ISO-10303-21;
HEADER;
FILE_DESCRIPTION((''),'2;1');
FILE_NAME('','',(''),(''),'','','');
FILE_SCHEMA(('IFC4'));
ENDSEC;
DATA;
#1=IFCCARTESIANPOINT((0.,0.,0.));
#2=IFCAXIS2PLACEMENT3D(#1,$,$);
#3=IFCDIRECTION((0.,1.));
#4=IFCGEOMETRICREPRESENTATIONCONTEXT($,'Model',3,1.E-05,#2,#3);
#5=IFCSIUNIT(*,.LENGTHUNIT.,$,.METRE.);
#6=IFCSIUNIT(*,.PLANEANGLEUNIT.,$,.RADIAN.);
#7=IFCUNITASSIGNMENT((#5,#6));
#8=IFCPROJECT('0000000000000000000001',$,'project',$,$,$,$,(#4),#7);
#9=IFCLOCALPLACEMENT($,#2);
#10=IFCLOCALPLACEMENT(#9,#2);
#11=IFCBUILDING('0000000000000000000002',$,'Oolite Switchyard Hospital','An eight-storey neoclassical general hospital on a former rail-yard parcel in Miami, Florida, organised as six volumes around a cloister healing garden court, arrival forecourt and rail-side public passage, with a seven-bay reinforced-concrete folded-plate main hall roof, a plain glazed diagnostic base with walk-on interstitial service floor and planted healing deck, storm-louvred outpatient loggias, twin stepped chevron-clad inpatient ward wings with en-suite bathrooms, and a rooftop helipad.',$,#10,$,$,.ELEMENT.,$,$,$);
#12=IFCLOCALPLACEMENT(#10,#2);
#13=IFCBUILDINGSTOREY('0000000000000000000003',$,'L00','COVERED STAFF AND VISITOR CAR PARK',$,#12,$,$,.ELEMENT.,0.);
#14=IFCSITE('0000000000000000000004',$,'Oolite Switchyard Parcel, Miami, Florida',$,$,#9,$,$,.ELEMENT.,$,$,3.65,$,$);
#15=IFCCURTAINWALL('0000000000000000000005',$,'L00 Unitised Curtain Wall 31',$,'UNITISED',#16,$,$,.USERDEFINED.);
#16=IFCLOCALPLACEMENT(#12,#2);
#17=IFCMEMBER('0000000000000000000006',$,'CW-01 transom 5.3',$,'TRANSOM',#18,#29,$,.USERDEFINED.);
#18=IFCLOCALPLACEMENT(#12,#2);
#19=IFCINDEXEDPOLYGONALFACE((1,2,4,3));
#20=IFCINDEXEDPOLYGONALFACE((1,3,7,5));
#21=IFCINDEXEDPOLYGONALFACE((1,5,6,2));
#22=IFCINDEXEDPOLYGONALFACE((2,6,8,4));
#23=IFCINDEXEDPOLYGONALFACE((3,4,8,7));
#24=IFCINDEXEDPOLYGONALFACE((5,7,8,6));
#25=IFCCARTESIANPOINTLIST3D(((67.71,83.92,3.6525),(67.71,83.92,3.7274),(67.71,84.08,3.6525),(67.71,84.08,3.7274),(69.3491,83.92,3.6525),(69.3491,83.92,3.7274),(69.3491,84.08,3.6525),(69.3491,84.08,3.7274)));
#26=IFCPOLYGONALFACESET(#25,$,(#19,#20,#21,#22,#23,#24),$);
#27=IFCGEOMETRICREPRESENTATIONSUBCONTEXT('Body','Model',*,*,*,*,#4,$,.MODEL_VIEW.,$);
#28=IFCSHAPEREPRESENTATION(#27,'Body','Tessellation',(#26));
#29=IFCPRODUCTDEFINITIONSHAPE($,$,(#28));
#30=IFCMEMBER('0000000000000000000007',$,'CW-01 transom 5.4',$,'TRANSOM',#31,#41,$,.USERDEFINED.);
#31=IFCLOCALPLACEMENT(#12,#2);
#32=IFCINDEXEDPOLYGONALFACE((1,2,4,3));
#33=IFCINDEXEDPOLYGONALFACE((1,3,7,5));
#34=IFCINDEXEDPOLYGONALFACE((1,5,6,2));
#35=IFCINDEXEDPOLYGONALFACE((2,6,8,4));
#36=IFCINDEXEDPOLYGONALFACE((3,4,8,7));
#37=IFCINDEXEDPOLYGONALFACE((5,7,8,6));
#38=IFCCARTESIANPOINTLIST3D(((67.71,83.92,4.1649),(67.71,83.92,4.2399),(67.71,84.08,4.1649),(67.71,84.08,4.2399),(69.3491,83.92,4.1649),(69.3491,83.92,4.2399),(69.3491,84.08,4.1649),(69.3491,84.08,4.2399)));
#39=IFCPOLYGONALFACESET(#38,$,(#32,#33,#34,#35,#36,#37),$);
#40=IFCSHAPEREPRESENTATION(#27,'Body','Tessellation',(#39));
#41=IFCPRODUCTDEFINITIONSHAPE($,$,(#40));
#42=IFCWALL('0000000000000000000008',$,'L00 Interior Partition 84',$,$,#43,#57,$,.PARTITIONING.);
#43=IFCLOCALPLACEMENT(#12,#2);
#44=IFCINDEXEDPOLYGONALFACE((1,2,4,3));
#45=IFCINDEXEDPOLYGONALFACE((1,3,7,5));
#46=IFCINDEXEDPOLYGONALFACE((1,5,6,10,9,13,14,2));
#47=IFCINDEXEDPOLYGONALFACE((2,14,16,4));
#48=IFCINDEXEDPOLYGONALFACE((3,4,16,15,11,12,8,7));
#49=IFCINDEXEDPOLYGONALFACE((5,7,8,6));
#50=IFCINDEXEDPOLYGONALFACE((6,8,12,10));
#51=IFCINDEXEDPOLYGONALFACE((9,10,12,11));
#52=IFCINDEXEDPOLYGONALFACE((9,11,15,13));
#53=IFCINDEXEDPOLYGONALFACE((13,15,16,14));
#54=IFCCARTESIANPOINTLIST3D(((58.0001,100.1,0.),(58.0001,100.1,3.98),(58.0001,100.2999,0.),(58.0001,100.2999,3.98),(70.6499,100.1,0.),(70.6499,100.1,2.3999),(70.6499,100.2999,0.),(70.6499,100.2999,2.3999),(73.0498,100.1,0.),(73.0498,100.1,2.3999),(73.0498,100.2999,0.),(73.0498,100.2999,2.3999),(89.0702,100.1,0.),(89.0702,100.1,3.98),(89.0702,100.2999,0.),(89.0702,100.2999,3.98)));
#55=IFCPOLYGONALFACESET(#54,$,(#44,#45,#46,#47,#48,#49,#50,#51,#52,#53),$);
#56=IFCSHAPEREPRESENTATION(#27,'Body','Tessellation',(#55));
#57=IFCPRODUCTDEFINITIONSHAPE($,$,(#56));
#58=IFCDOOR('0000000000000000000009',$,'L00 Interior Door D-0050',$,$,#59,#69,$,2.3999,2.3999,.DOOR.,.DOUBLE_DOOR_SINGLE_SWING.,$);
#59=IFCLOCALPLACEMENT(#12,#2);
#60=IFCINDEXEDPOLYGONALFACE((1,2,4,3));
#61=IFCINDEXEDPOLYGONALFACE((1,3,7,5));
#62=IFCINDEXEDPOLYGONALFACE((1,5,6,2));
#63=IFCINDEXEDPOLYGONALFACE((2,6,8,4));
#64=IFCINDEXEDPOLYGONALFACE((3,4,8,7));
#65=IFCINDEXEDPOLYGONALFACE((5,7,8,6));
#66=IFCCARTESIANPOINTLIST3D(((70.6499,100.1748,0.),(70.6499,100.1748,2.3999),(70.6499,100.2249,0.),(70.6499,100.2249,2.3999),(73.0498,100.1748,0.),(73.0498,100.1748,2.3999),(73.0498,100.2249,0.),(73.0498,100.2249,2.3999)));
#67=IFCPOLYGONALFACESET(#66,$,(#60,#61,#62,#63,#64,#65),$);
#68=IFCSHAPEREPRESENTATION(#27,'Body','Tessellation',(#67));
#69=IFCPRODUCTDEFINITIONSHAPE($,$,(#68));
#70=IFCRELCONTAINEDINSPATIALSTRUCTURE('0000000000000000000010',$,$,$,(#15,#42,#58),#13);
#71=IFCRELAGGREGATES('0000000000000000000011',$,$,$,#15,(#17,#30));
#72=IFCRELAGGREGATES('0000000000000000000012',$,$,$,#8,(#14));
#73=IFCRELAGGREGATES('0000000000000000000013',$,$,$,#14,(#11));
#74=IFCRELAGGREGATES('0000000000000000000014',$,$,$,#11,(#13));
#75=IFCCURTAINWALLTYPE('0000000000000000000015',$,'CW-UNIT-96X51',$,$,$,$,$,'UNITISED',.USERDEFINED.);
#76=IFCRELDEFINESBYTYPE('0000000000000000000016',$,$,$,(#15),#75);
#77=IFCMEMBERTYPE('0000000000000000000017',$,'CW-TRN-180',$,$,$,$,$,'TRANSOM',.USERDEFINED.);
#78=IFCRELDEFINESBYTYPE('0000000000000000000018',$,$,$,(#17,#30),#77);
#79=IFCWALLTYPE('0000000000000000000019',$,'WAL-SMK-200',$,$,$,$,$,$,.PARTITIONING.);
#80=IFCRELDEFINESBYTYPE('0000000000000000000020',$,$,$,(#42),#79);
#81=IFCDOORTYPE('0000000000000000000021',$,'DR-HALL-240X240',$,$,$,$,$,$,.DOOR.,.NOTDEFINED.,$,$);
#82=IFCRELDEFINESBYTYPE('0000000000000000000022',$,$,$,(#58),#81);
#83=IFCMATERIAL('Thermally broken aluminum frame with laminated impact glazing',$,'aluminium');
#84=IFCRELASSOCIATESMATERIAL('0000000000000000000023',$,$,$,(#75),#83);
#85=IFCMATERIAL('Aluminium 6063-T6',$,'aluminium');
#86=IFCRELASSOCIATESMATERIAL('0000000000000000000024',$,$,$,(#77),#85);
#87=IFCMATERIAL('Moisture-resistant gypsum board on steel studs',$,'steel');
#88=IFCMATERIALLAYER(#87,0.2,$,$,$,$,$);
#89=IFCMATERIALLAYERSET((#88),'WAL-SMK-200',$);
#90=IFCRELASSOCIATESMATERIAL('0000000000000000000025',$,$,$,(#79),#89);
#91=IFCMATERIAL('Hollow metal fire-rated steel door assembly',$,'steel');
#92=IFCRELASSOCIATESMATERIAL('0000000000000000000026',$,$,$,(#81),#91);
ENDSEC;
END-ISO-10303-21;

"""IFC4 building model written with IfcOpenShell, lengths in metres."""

from ifc_helpers import new_model, si_unit, direction, frame, frame_2d, origin, origin_2d, place, context, subcontext, project, spatial, rectangle, extrude, material, layer, layer_set, material_profile, profile_set, type_object, element, fill, aggregate, save


model = new_model("IFC4")

# Units and contexts
model_context = context("Model", 3, precision=1e-05, world=origin(), true_north=direction((0.0, 1.0)))
body_context = subcontext(model_context, "Body", "Model", "MODEL_VIEW")
ifc_project = project(units=[si_unit("LENGTHUNIT", "METRE"), si_unit("PLANEANGLEUNIT", "RADIAN")], contexts=[model_context])

# Site, building, storey
site_placement = place(None, origin())
site = spatial("IfcSite", under=ifc_project, at=site_placement, Name="Oolite Switchyard Parcel, Miami, Florida", CompositionType="ELEMENT", RefElevation=3.65)
building_placement = place(site_placement, origin())
building = spatial("IfcBuilding", under=site, at=building_placement, Name="Oolite Switchyard Hospital", Description="An eight-storey neoclassical general hospital on a former rail-yard parcel in Miami, Florida, organised as six volumes around a cloister healing garden court, arrival forecourt and rail-side public passage, with a seven-bay reinforced-concrete folded-plate main hall roof, a plain glazed diagnostic base with walk-on interstitial service floor and planted healing deck, storm-louvred outpatient loggias, twin stepped chevron-clad inpatient ward wings with en-suite bathrooms, and a rooftop helipad.", CompositionType="ELEMENT")
storey_placement = place(building_placement, origin())
storey = spatial("IfcBuildingStorey", under=building, at=storey_placement, Name="L00", Description="COVERED STAFF AND VISITOR CAR PARK", CompositionType="ELEMENT", Elevation=0.0)

# Curtain wall, members
ifc_material_1 = material(Name="Thermally broken aluminum frame with laminated impact glazing", Category="aluminium")
curtain_wall_type = type_object("IfcCurtainWallType", Name="CW-UNIT-96X51", ElementType="UNITISED", PredefinedType="USERDEFINED", material=ifc_material_1)
curtain_wall_placement = place(storey_placement, origin())
curtain_wall = element("IfcCurtainWall", 1, at=curtain_wall_placement, inside=storey, type_object=curtain_wall_type, Name="L00 Unitised Curtain Wall 31", ObjectType="UNITISED", PredefinedType="USERDEFINED")
ifc_material_2 = material(Name="Aluminium 6063-T6", Category="aluminium")
ifc_material_profile_1 = material_profile(ifc_material_2, rectangle(XDim=0.1599, YDim=0.075, at=origin_2d()), Name="CWT75X160")
ifc_profile_set_1 = profile_set([ifc_material_profile_1], Name="Aluminium 6063-T6")
member_type_1 = type_object("IfcMemberType", Name="CW-TRN-180", ElementType="TRANSOM", PredefinedType="USERDEFINED", material=ifc_profile_set_1)
member_1_placement = place(storey_placement, frame((69.3491, 84.0, 3.6899), z_axis=(-1.0, 0.0, 0.0), x_axis=(0.0, -1.0, 0.0)))
member_1 = element("IfcMember", 2, at=member_1_placement, type_object=member_type_1, Name="CW-01 transom 5.3", ObjectType="TRANSOM", PredefinedType="USERDEFINED", context=body_context, shape_type="SweptSolid", body=[
    extrude(rectangle(XDim=0.1599, YDim=0.075, at=origin_2d()), origin(), (0.0, 0.0, 1.0), 1.6392),
])
member_2_placement = place(storey_placement, frame((69.3491, 84.0, 4.2024), z_axis=(-1.0, 0.0, 0.0), x_axis=(0.0, -1.0, 0.0)))
member_2 = element("IfcMember", 3, at=member_2_placement, type_object=member_type_1, Name="CW-01 transom 5.4", ObjectType="TRANSOM", PredefinedType="USERDEFINED", context=body_context, shape_type="SweptSolid", body=[
    extrude(rectangle(XDim=0.1599, YDim=0.075, at=origin_2d()), origin(), (0.0, 0.0, 1.0), 1.6392),
])
aggregate(curtain_wall, [member_1, member_2])

# Wall, opening, door
ifc_material_3 = material(Name="Moisture-resistant gypsum board on steel studs", Category="steel")
ifc_layer = layer(ifc_material_3, 0.2)
ifc_layer_set = layer_set([ifc_layer], Name="WAL-SMK-200")
wall_type = type_object("IfcWallType", Name="WAL-SMK-200", PredefinedType="PARTITIONING", material=ifc_layer_set)
wall_placement = place(storey_placement, frame((58.0, 100.2, 0.0), z_axis=(0.0, 0.0, 1.0), x_axis=(1.0, 0.0, 0.0)))
wall = element("IfcWall", 4, at=wall_placement, inside=storey, type_object=wall_type, Name="L00 Interior Partition 84", PredefinedType="PARTITIONING", context=body_context, shape_type="SweptSolid", body=[
    extrude(rectangle(XDim=31.0701, YDim=0.2, at=frame_2d((15.5352, 0.0))), origin(), (0.0, 0.0, 1.0), 3.98),
])
opening_placement = place(wall_placement, frame((12.6499, 0.0, 0.0)))
opening = element("IfcOpeningElement", 5, at=opening_placement, cuts=wall, PredefinedType="OPENING", context=body_context, shape_type="SweptSolid", body=[
    extrude(rectangle(XDim=2.3999, YDim=2.3999, at=frame_2d((1.2, 1.2))), frame((0.0, 0.1099, 0.0), z_axis=(0.0, -1.0, 0.0), x_axis=(1.0, 0.0, 0.0)), (0.0, 0.0, 1.0), 0.22),
])
ifc_material_4 = material(Name="Hollow metal fire-rated steel door assembly", Category="steel")
door_type = type_object("IfcDoorType", Name="DR-HALL-240X240", OperationType="NOTDEFINED", PredefinedType="DOOR", material=ifc_material_4)
door_placement = place(opening_placement, origin())
door = element("IfcDoor", 6, at=door_placement, inside=storey, type_object=door_type, Name="L00 Interior Door D-0050", OperationType="DOUBLE_DOOR_SINGLE_SWING", OverallHeight=2.3999, OverallWidth=2.3999, PredefinedType="DOOR", context=body_context, shape_type="SweptSolid", body=[
    extrude(rectangle(XDim=2.3999, YDim=2.3999, at=frame_2d((1.2, 1.2))), frame((0.0, 0.0249, 0.0), z_axis=(0.0, -1.0, 0.0), x_axis=(1.0, 0.0, 0.0)), (0.0, 0.0, 1.0), 0.05),
])
fill(opening, door)

save(model, "model.ifc")
